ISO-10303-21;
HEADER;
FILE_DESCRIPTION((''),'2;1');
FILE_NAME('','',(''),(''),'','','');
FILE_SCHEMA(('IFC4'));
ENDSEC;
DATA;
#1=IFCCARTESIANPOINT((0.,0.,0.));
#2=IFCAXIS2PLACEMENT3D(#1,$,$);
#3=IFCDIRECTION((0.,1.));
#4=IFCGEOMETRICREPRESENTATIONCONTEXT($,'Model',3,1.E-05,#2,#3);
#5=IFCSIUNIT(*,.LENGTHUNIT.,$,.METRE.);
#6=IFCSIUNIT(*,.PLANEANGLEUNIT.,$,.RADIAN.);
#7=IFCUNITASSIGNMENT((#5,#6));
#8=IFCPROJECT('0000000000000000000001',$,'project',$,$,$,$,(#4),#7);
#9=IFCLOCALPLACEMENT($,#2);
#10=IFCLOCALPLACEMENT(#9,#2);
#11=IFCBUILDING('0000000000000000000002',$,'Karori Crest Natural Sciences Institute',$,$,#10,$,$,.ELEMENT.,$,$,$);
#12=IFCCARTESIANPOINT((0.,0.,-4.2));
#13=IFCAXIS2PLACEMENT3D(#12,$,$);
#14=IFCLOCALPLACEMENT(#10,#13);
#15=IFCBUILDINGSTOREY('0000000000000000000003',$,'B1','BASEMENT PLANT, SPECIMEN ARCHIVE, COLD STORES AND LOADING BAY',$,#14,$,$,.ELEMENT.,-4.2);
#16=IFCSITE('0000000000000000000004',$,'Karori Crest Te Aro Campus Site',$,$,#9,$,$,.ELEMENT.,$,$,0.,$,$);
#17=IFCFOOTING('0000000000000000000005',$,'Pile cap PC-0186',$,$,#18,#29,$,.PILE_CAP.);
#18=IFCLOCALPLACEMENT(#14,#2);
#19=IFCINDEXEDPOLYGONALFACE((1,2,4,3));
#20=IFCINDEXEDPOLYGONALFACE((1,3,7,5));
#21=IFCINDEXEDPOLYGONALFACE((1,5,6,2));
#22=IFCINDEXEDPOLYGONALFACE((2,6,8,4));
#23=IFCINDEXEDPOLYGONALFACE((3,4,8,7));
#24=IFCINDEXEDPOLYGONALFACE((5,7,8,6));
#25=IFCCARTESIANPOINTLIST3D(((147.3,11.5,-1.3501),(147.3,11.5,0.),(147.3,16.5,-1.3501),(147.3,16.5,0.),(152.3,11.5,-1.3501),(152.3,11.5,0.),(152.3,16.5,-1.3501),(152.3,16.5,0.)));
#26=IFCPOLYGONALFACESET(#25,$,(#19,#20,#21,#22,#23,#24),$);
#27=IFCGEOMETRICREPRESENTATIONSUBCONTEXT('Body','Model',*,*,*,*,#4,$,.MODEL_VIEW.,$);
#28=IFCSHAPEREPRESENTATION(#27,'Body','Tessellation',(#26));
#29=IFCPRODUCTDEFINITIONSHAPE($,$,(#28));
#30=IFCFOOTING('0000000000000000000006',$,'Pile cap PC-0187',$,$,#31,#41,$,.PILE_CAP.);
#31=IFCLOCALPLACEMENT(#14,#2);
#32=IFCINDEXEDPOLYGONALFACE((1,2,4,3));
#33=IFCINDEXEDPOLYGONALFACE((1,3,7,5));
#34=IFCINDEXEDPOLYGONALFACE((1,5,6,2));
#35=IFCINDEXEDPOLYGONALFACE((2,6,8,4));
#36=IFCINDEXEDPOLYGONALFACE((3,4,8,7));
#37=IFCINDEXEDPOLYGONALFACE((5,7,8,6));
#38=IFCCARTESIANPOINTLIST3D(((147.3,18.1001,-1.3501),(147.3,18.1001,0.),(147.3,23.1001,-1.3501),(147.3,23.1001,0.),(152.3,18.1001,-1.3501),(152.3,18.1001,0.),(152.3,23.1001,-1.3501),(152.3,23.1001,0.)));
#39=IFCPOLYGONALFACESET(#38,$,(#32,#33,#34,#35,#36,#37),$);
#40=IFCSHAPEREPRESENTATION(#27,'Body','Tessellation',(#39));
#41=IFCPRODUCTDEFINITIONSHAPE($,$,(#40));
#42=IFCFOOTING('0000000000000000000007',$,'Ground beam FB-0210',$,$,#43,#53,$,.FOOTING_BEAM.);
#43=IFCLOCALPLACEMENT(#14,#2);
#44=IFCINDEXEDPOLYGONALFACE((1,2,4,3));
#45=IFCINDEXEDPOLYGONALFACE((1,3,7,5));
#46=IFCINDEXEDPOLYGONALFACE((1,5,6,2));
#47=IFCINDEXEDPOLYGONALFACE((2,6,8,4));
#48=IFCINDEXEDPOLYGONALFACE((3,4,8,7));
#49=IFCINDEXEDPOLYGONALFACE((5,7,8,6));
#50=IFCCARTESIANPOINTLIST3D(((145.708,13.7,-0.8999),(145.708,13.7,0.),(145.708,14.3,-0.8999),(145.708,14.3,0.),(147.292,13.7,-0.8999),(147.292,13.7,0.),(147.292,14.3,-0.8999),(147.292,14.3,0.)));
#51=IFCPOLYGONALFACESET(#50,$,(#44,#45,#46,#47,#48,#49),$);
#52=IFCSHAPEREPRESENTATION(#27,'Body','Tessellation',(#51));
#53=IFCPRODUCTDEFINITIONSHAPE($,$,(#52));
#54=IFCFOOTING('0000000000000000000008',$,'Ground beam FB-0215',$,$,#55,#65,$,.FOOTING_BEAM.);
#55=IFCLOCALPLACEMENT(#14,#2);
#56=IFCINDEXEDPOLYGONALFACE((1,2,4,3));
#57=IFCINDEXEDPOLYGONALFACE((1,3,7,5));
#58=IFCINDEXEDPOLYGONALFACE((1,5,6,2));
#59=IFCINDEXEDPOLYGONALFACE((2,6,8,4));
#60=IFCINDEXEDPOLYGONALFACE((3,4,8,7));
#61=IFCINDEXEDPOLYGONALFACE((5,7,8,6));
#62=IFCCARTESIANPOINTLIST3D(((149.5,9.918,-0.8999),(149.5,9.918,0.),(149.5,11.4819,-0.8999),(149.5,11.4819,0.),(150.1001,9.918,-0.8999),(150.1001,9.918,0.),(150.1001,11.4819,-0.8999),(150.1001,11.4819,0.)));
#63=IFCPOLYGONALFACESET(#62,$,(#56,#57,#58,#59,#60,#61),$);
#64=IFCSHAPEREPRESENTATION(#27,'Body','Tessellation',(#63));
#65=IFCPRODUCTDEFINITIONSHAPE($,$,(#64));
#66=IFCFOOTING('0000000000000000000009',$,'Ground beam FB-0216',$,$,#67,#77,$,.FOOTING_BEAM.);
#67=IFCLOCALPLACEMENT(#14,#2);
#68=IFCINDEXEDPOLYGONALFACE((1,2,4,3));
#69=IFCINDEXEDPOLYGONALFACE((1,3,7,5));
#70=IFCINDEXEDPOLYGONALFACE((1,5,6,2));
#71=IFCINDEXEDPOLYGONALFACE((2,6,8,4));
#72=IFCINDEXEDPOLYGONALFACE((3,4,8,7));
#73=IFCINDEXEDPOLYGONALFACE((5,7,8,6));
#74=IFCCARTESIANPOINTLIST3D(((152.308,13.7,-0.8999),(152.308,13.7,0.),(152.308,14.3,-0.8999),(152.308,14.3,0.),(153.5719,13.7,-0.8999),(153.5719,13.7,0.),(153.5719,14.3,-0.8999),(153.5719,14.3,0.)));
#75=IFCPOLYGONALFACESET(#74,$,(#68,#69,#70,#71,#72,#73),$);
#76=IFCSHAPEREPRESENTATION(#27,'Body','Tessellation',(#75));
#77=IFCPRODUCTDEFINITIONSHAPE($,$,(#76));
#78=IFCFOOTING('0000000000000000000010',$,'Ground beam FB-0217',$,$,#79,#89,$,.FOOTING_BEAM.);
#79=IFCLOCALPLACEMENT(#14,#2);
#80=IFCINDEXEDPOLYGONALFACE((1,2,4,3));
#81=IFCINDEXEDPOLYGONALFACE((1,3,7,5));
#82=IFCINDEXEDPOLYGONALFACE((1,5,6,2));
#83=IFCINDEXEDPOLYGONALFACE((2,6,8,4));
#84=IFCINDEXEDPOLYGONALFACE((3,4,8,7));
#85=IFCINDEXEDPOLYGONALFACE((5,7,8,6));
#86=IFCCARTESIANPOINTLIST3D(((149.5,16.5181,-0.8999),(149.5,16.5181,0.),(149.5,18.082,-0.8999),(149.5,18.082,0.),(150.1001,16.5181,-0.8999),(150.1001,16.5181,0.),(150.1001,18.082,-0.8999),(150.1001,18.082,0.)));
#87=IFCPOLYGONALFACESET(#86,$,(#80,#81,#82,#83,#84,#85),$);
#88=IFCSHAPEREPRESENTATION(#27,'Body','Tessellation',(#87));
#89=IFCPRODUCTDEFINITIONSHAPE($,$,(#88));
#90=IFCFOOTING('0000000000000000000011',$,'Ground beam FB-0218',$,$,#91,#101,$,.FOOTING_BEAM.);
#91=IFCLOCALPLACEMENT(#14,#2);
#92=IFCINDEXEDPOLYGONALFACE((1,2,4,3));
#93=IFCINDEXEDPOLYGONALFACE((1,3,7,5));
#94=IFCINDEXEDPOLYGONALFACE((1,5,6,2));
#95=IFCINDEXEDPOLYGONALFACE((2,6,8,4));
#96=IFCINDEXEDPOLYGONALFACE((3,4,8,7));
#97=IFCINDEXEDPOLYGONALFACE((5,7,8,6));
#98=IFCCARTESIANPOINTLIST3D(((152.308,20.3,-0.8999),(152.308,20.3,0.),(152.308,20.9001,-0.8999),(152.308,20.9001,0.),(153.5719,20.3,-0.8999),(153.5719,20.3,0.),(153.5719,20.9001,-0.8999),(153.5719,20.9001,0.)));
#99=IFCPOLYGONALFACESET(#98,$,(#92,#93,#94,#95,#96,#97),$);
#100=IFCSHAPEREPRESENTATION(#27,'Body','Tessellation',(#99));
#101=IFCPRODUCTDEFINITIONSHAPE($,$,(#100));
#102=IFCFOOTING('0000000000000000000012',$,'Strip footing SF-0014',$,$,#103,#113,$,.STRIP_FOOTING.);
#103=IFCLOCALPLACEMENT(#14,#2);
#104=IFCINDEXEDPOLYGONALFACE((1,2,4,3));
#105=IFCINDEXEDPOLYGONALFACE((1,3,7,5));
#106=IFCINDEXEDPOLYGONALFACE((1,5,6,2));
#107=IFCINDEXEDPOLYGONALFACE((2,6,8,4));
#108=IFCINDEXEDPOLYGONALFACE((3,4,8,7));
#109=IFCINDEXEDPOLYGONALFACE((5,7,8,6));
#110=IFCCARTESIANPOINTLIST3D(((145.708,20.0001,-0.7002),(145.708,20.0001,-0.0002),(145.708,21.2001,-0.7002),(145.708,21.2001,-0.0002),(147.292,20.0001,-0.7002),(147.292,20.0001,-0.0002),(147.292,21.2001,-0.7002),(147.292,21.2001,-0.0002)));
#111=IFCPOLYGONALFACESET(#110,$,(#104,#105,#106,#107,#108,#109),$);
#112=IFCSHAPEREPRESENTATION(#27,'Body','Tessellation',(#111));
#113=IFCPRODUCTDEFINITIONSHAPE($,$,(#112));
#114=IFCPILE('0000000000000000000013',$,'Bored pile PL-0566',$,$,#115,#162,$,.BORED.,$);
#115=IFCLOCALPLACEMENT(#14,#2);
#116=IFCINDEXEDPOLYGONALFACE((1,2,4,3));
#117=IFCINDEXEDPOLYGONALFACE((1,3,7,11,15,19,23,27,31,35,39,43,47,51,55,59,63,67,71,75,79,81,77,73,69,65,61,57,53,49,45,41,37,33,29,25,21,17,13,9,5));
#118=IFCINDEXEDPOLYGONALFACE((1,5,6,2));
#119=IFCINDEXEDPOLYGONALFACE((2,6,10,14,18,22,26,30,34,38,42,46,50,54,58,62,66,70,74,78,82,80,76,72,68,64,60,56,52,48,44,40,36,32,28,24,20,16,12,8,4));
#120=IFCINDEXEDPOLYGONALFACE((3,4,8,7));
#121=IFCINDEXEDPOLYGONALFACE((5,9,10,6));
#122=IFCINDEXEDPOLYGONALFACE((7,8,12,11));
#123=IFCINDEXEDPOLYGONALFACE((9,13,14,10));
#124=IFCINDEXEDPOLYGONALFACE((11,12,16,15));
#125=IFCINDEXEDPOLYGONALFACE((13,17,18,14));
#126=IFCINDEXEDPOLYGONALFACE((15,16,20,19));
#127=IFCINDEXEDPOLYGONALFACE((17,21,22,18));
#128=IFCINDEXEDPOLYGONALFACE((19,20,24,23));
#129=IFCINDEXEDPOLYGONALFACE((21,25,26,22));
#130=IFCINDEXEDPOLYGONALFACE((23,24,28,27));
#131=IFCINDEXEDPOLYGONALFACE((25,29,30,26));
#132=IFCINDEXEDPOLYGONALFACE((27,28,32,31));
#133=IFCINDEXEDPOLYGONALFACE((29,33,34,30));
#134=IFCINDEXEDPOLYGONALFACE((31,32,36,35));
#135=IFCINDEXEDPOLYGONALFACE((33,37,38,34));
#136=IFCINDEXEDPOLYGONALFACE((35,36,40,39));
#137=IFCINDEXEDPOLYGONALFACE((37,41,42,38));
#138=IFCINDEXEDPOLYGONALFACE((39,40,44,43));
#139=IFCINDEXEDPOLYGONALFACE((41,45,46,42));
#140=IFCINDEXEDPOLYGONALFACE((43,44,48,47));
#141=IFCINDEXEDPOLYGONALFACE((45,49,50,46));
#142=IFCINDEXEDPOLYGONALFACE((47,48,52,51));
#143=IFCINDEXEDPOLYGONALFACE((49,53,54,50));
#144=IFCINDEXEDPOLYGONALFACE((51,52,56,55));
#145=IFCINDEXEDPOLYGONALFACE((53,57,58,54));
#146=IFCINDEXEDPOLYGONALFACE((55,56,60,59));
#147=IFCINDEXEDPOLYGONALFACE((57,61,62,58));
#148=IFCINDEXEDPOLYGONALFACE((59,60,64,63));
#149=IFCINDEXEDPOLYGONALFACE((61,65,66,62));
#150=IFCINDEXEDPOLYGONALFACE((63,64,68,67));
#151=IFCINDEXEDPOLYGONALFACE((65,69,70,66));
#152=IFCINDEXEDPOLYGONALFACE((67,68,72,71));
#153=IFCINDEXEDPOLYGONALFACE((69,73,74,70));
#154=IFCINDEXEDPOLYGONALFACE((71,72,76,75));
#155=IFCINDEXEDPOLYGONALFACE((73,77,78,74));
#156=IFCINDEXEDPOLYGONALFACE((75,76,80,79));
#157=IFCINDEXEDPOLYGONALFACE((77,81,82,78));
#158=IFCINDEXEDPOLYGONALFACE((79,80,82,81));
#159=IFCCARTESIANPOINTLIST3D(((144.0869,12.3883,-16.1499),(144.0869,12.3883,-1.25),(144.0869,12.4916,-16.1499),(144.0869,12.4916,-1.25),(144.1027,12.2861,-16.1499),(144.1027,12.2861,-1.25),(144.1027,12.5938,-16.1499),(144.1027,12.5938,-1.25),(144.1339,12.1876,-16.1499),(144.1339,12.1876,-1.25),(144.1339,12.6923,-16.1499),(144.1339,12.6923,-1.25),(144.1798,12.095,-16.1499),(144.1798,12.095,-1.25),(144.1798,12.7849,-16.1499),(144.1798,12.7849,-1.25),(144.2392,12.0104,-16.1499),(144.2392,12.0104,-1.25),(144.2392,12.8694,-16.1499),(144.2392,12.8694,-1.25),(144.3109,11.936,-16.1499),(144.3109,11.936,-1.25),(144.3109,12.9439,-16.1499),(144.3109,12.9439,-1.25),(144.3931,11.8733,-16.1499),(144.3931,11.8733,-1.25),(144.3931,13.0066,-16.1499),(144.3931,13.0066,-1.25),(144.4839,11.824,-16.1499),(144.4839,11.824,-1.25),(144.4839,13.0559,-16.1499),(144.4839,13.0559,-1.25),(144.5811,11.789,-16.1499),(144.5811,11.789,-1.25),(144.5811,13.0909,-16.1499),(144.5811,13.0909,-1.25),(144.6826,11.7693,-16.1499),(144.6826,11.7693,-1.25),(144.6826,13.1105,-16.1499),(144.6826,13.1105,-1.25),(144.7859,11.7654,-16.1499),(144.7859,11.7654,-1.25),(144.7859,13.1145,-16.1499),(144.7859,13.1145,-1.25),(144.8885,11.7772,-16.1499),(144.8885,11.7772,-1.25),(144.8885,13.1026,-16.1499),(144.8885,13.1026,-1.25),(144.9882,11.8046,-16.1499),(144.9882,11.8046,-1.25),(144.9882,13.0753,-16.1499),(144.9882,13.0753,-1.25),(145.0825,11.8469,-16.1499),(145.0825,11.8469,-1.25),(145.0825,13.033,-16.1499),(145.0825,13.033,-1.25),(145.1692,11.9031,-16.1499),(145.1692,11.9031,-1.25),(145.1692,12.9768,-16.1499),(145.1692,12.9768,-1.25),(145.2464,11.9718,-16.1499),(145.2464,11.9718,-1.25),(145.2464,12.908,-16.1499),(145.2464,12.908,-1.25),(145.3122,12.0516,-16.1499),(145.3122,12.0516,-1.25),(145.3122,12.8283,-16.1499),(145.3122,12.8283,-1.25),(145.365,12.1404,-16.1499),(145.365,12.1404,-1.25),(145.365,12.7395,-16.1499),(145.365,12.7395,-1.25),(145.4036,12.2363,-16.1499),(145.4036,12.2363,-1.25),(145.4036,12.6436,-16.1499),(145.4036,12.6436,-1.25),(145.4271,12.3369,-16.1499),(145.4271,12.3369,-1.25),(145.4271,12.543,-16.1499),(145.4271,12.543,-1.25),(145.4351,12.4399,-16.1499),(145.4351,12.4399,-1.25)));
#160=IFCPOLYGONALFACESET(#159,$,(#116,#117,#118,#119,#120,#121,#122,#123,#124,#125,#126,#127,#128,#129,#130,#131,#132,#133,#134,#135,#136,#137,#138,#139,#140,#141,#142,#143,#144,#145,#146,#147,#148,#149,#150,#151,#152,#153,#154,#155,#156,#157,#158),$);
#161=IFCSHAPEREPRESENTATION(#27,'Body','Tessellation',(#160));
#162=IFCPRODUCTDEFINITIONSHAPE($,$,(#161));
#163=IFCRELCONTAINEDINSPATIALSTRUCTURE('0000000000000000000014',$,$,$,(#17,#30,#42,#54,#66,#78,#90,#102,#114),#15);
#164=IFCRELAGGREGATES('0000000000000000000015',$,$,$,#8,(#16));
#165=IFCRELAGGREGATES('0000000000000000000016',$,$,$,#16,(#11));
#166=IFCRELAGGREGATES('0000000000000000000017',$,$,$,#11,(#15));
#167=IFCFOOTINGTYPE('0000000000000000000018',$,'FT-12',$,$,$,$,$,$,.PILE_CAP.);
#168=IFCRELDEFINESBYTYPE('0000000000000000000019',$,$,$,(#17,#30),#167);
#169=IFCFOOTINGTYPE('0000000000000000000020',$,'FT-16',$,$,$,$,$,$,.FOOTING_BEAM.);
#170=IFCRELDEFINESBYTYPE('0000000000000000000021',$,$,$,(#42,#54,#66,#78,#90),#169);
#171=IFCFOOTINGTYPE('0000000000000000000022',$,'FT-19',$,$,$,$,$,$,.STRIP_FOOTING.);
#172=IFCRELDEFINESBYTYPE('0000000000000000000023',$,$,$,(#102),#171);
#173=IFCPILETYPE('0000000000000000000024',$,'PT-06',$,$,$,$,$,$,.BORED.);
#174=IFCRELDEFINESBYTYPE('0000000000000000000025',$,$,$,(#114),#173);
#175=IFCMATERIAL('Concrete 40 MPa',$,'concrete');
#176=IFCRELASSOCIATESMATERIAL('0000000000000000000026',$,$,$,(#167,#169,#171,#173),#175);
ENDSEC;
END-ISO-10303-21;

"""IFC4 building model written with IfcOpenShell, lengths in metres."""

from ifc_helpers import new_model, si_unit, direction, frame, origin, origin_2d, place, context, subcontext, project, spatial, rectangle, circle, extrude, material, material_profile, profile_set, type_object, element, save


model = new_model("IFC4")

# Units and contexts
model_context = context("Model", 3, precision=1e-05, world=origin(), true_north=direction((0.0, 1.0)))
body_context = subcontext(model_context, "Body", "Model", "MODEL_VIEW")
ifc_project = project(units=[si_unit("LENGTHUNIT", "METRE"), si_unit("PLANEANGLEUNIT", "RADIAN")], contexts=[model_context])

# Site, building, storey
site_placement = place(None, origin())
site = spatial("IfcSite", under=ifc_project, at=site_placement, Name="Karori Crest Te Aro Campus Site", CompositionType="ELEMENT", RefElevation=0.0)
building_placement = place(site_placement, origin())
building = spatial("IfcBuilding", under=site, at=building_placement, Name="Karori Crest Natural Sciences Institute", CompositionType="ELEMENT")
storey_placement = place(building_placement, frame((0.0, 0.0, -4.2)))
storey = spatial("IfcBuildingStorey", under=building, at=storey_placement, Name="B1", Description="BASEMENT PLANT, SPECIMEN ARCHIVE, COLD STORES AND LOADING BAY", CompositionType="ELEMENT", Elevation=-4.2)

# Footings
ifc_material_1 = material(Name="Concrete 40 MPa", Category="concrete")
footing_type_1 = type_object("IfcFootingType", Name="FT-12", PredefinedType="PILE_CAP", material=ifc_material_1)
for number, where, z_axis, x_axis, name in (
    (1, (149.8, 14.0, -1.3501), (0.0, 0.0, 1.0), (1.0, 0.0, 0.0), "Pile cap PC-0186"),
    (2, (149.8, 20.6001, -1.3501), (0.0, 0.0, 1.0), (1.0, 0.0, 0.0), "Pile cap PC-0187"),
):
    element("IfcFooting", number, at=place(storey_placement, frame(where, z_axis=z_axis, x_axis=x_axis)), inside=storey, type_object=footing_type_1, Name=name, PredefinedType="PILE_CAP", context=body_context, shape_type="SweptSolid", body=[
        extrude(rectangle(XDim=5.0, YDim=5.0, at=origin_2d()), origin(), (0.0, 0.0, 1.0), 1.3501),
    ])
footing_type_2 = type_object("IfcFootingType", Name="FT-16", PredefinedType="FOOTING_BEAM", material=ifc_material_1)
footing_1_placement = place(storey_placement, frame((146.5, 14.0, -0.8999), z_axis=(0.0, 0.0, 1.0), x_axis=(1.0, 0.0, 0.0)))
element("IfcFooting", 3, at=footing_1_placement, inside=storey, type_object=footing_type_2, Name="Ground beam FB-0210", PredefinedType="FOOTING_BEAM", context=body_context, shape_type="SweptSolid", body=[
    extrude(rectangle(XDim=1.584, YDim=0.6001, at=origin_2d()), origin(), (0.0, 0.0, 1.0), 0.8999),
])
footing_2_placement = place(storey_placement, frame((149.8, 10.7, -0.8999), z_axis=(0.0, 0.0, 1.0), x_axis=(0.0, 1.0, 0.0)))
element("IfcFooting", 4, at=footing_2_placement, inside=storey, type_object=footing_type_2, Name="Ground beam FB-0215", PredefinedType="FOOTING_BEAM", context=body_context, shape_type="SweptSolid", body=[
    extrude(rectangle(XDim=1.564, YDim=0.6001, at=origin_2d()), origin(), (0.0, 0.0, 1.0), 0.8999),
])
footing_3_placement = place(storey_placement, frame((152.9399, 14.0, -0.8999), z_axis=(0.0, 0.0, 1.0), x_axis=(1.0, 0.0, 0.0)))
element("IfcFooting", 5, at=footing_3_placement, inside=storey, type_object=footing_type_2, Name="Ground beam FB-0216", PredefinedType="FOOTING_BEAM", context=body_context, shape_type="SweptSolid", body=[
    extrude(rectangle(XDim=1.2639, YDim=0.6001, at=origin_2d()), origin(), (0.0, 0.0, 1.0), 0.8999),
])
footing_4_placement = place(storey_placement, frame((149.8, 17.3, -0.8999), z_axis=(0.0, 0.0, 1.0), x_axis=(0.0, 1.0, 0.0)))
element("IfcFooting", 6, at=footing_4_placement, inside=storey, type_object=footing_type_2, Name="Ground beam FB-0217", PredefinedType="FOOTING_BEAM", context=body_context, shape_type="SweptSolid", body=[
    extrude(rectangle(XDim=1.564, YDim=0.6001, at=origin_2d()), origin(), (0.0, 0.0, 1.0), 0.8999),
])
footing_5_placement = place(storey_placement, frame((152.9399, 20.6001, -0.8999), z_axis=(0.0, 0.0, 1.0), x_axis=(1.0, 0.0, 0.0)))
element("IfcFooting", 7, at=footing_5_placement, inside=storey, type_object=footing_type_2, Name="Ground beam FB-0218", PredefinedType="FOOTING_BEAM", context=body_context, shape_type="SweptSolid", body=[
    extrude(rectangle(XDim=1.2639, YDim=0.6001, at=origin_2d()), origin(), (0.0, 0.0, 1.0), 0.8999),
])
footing_type_3 = type_object("IfcFootingType", Name="FT-19", PredefinedType="STRIP_FOOTING", material=ifc_material_1)
footing_6_placement = place(storey_placement, frame((146.5, 20.6001, -0.7002), z_axis=(0.0, 0.0, 1.0), x_axis=(1.0, 0.0, 0.0)))
element("IfcFooting", 8, at=footing_6_placement, inside=storey, type_object=footing_type_3, Name="Strip footing SF-0014", PredefinedType="STRIP_FOOTING", context=body_context, shape_type="SweptSolid", body=[
    extrude(rectangle(XDim=1.584, YDim=1.2, at=origin_2d()), origin(), (0.0, 0.0, 1.0), 0.7),
])

# Pile
ifc_material_profile_1 = material_profile(ifc_material_1, circle(Radius=0.675, at=origin_2d()), Name="PILE1350")
ifc_profile_set_1 = profile_set([ifc_material_profile_1], Name="Concrete 40 MPa")
pile_type = type_object("IfcPileType", Name="PT-06", PredefinedType="BORED", material=ifc_profile_set_1)
for number, where, z_axis, x_axis, name in (
    (9, (144.76, 12.4399, -1.25), (0.0, 0.0, -1.0), (1.0, 0.0, 0.0), "Bored pile PL-0566"),
):
    element("IfcPile", number, at=place(storey_placement, frame(where, z_axis=z_axis, x_axis=x_axis)), inside=storey, type_object=pile_type, Name=name, PredefinedType="BORED", context=body_context, shape_type="SweptSolid", body=[
        extrude(circle(Radius=0.675, at=origin_2d()), origin(), (0.0, 0.0, 1.0), 14.8999),
    ])

save(model, "model.ifc")
